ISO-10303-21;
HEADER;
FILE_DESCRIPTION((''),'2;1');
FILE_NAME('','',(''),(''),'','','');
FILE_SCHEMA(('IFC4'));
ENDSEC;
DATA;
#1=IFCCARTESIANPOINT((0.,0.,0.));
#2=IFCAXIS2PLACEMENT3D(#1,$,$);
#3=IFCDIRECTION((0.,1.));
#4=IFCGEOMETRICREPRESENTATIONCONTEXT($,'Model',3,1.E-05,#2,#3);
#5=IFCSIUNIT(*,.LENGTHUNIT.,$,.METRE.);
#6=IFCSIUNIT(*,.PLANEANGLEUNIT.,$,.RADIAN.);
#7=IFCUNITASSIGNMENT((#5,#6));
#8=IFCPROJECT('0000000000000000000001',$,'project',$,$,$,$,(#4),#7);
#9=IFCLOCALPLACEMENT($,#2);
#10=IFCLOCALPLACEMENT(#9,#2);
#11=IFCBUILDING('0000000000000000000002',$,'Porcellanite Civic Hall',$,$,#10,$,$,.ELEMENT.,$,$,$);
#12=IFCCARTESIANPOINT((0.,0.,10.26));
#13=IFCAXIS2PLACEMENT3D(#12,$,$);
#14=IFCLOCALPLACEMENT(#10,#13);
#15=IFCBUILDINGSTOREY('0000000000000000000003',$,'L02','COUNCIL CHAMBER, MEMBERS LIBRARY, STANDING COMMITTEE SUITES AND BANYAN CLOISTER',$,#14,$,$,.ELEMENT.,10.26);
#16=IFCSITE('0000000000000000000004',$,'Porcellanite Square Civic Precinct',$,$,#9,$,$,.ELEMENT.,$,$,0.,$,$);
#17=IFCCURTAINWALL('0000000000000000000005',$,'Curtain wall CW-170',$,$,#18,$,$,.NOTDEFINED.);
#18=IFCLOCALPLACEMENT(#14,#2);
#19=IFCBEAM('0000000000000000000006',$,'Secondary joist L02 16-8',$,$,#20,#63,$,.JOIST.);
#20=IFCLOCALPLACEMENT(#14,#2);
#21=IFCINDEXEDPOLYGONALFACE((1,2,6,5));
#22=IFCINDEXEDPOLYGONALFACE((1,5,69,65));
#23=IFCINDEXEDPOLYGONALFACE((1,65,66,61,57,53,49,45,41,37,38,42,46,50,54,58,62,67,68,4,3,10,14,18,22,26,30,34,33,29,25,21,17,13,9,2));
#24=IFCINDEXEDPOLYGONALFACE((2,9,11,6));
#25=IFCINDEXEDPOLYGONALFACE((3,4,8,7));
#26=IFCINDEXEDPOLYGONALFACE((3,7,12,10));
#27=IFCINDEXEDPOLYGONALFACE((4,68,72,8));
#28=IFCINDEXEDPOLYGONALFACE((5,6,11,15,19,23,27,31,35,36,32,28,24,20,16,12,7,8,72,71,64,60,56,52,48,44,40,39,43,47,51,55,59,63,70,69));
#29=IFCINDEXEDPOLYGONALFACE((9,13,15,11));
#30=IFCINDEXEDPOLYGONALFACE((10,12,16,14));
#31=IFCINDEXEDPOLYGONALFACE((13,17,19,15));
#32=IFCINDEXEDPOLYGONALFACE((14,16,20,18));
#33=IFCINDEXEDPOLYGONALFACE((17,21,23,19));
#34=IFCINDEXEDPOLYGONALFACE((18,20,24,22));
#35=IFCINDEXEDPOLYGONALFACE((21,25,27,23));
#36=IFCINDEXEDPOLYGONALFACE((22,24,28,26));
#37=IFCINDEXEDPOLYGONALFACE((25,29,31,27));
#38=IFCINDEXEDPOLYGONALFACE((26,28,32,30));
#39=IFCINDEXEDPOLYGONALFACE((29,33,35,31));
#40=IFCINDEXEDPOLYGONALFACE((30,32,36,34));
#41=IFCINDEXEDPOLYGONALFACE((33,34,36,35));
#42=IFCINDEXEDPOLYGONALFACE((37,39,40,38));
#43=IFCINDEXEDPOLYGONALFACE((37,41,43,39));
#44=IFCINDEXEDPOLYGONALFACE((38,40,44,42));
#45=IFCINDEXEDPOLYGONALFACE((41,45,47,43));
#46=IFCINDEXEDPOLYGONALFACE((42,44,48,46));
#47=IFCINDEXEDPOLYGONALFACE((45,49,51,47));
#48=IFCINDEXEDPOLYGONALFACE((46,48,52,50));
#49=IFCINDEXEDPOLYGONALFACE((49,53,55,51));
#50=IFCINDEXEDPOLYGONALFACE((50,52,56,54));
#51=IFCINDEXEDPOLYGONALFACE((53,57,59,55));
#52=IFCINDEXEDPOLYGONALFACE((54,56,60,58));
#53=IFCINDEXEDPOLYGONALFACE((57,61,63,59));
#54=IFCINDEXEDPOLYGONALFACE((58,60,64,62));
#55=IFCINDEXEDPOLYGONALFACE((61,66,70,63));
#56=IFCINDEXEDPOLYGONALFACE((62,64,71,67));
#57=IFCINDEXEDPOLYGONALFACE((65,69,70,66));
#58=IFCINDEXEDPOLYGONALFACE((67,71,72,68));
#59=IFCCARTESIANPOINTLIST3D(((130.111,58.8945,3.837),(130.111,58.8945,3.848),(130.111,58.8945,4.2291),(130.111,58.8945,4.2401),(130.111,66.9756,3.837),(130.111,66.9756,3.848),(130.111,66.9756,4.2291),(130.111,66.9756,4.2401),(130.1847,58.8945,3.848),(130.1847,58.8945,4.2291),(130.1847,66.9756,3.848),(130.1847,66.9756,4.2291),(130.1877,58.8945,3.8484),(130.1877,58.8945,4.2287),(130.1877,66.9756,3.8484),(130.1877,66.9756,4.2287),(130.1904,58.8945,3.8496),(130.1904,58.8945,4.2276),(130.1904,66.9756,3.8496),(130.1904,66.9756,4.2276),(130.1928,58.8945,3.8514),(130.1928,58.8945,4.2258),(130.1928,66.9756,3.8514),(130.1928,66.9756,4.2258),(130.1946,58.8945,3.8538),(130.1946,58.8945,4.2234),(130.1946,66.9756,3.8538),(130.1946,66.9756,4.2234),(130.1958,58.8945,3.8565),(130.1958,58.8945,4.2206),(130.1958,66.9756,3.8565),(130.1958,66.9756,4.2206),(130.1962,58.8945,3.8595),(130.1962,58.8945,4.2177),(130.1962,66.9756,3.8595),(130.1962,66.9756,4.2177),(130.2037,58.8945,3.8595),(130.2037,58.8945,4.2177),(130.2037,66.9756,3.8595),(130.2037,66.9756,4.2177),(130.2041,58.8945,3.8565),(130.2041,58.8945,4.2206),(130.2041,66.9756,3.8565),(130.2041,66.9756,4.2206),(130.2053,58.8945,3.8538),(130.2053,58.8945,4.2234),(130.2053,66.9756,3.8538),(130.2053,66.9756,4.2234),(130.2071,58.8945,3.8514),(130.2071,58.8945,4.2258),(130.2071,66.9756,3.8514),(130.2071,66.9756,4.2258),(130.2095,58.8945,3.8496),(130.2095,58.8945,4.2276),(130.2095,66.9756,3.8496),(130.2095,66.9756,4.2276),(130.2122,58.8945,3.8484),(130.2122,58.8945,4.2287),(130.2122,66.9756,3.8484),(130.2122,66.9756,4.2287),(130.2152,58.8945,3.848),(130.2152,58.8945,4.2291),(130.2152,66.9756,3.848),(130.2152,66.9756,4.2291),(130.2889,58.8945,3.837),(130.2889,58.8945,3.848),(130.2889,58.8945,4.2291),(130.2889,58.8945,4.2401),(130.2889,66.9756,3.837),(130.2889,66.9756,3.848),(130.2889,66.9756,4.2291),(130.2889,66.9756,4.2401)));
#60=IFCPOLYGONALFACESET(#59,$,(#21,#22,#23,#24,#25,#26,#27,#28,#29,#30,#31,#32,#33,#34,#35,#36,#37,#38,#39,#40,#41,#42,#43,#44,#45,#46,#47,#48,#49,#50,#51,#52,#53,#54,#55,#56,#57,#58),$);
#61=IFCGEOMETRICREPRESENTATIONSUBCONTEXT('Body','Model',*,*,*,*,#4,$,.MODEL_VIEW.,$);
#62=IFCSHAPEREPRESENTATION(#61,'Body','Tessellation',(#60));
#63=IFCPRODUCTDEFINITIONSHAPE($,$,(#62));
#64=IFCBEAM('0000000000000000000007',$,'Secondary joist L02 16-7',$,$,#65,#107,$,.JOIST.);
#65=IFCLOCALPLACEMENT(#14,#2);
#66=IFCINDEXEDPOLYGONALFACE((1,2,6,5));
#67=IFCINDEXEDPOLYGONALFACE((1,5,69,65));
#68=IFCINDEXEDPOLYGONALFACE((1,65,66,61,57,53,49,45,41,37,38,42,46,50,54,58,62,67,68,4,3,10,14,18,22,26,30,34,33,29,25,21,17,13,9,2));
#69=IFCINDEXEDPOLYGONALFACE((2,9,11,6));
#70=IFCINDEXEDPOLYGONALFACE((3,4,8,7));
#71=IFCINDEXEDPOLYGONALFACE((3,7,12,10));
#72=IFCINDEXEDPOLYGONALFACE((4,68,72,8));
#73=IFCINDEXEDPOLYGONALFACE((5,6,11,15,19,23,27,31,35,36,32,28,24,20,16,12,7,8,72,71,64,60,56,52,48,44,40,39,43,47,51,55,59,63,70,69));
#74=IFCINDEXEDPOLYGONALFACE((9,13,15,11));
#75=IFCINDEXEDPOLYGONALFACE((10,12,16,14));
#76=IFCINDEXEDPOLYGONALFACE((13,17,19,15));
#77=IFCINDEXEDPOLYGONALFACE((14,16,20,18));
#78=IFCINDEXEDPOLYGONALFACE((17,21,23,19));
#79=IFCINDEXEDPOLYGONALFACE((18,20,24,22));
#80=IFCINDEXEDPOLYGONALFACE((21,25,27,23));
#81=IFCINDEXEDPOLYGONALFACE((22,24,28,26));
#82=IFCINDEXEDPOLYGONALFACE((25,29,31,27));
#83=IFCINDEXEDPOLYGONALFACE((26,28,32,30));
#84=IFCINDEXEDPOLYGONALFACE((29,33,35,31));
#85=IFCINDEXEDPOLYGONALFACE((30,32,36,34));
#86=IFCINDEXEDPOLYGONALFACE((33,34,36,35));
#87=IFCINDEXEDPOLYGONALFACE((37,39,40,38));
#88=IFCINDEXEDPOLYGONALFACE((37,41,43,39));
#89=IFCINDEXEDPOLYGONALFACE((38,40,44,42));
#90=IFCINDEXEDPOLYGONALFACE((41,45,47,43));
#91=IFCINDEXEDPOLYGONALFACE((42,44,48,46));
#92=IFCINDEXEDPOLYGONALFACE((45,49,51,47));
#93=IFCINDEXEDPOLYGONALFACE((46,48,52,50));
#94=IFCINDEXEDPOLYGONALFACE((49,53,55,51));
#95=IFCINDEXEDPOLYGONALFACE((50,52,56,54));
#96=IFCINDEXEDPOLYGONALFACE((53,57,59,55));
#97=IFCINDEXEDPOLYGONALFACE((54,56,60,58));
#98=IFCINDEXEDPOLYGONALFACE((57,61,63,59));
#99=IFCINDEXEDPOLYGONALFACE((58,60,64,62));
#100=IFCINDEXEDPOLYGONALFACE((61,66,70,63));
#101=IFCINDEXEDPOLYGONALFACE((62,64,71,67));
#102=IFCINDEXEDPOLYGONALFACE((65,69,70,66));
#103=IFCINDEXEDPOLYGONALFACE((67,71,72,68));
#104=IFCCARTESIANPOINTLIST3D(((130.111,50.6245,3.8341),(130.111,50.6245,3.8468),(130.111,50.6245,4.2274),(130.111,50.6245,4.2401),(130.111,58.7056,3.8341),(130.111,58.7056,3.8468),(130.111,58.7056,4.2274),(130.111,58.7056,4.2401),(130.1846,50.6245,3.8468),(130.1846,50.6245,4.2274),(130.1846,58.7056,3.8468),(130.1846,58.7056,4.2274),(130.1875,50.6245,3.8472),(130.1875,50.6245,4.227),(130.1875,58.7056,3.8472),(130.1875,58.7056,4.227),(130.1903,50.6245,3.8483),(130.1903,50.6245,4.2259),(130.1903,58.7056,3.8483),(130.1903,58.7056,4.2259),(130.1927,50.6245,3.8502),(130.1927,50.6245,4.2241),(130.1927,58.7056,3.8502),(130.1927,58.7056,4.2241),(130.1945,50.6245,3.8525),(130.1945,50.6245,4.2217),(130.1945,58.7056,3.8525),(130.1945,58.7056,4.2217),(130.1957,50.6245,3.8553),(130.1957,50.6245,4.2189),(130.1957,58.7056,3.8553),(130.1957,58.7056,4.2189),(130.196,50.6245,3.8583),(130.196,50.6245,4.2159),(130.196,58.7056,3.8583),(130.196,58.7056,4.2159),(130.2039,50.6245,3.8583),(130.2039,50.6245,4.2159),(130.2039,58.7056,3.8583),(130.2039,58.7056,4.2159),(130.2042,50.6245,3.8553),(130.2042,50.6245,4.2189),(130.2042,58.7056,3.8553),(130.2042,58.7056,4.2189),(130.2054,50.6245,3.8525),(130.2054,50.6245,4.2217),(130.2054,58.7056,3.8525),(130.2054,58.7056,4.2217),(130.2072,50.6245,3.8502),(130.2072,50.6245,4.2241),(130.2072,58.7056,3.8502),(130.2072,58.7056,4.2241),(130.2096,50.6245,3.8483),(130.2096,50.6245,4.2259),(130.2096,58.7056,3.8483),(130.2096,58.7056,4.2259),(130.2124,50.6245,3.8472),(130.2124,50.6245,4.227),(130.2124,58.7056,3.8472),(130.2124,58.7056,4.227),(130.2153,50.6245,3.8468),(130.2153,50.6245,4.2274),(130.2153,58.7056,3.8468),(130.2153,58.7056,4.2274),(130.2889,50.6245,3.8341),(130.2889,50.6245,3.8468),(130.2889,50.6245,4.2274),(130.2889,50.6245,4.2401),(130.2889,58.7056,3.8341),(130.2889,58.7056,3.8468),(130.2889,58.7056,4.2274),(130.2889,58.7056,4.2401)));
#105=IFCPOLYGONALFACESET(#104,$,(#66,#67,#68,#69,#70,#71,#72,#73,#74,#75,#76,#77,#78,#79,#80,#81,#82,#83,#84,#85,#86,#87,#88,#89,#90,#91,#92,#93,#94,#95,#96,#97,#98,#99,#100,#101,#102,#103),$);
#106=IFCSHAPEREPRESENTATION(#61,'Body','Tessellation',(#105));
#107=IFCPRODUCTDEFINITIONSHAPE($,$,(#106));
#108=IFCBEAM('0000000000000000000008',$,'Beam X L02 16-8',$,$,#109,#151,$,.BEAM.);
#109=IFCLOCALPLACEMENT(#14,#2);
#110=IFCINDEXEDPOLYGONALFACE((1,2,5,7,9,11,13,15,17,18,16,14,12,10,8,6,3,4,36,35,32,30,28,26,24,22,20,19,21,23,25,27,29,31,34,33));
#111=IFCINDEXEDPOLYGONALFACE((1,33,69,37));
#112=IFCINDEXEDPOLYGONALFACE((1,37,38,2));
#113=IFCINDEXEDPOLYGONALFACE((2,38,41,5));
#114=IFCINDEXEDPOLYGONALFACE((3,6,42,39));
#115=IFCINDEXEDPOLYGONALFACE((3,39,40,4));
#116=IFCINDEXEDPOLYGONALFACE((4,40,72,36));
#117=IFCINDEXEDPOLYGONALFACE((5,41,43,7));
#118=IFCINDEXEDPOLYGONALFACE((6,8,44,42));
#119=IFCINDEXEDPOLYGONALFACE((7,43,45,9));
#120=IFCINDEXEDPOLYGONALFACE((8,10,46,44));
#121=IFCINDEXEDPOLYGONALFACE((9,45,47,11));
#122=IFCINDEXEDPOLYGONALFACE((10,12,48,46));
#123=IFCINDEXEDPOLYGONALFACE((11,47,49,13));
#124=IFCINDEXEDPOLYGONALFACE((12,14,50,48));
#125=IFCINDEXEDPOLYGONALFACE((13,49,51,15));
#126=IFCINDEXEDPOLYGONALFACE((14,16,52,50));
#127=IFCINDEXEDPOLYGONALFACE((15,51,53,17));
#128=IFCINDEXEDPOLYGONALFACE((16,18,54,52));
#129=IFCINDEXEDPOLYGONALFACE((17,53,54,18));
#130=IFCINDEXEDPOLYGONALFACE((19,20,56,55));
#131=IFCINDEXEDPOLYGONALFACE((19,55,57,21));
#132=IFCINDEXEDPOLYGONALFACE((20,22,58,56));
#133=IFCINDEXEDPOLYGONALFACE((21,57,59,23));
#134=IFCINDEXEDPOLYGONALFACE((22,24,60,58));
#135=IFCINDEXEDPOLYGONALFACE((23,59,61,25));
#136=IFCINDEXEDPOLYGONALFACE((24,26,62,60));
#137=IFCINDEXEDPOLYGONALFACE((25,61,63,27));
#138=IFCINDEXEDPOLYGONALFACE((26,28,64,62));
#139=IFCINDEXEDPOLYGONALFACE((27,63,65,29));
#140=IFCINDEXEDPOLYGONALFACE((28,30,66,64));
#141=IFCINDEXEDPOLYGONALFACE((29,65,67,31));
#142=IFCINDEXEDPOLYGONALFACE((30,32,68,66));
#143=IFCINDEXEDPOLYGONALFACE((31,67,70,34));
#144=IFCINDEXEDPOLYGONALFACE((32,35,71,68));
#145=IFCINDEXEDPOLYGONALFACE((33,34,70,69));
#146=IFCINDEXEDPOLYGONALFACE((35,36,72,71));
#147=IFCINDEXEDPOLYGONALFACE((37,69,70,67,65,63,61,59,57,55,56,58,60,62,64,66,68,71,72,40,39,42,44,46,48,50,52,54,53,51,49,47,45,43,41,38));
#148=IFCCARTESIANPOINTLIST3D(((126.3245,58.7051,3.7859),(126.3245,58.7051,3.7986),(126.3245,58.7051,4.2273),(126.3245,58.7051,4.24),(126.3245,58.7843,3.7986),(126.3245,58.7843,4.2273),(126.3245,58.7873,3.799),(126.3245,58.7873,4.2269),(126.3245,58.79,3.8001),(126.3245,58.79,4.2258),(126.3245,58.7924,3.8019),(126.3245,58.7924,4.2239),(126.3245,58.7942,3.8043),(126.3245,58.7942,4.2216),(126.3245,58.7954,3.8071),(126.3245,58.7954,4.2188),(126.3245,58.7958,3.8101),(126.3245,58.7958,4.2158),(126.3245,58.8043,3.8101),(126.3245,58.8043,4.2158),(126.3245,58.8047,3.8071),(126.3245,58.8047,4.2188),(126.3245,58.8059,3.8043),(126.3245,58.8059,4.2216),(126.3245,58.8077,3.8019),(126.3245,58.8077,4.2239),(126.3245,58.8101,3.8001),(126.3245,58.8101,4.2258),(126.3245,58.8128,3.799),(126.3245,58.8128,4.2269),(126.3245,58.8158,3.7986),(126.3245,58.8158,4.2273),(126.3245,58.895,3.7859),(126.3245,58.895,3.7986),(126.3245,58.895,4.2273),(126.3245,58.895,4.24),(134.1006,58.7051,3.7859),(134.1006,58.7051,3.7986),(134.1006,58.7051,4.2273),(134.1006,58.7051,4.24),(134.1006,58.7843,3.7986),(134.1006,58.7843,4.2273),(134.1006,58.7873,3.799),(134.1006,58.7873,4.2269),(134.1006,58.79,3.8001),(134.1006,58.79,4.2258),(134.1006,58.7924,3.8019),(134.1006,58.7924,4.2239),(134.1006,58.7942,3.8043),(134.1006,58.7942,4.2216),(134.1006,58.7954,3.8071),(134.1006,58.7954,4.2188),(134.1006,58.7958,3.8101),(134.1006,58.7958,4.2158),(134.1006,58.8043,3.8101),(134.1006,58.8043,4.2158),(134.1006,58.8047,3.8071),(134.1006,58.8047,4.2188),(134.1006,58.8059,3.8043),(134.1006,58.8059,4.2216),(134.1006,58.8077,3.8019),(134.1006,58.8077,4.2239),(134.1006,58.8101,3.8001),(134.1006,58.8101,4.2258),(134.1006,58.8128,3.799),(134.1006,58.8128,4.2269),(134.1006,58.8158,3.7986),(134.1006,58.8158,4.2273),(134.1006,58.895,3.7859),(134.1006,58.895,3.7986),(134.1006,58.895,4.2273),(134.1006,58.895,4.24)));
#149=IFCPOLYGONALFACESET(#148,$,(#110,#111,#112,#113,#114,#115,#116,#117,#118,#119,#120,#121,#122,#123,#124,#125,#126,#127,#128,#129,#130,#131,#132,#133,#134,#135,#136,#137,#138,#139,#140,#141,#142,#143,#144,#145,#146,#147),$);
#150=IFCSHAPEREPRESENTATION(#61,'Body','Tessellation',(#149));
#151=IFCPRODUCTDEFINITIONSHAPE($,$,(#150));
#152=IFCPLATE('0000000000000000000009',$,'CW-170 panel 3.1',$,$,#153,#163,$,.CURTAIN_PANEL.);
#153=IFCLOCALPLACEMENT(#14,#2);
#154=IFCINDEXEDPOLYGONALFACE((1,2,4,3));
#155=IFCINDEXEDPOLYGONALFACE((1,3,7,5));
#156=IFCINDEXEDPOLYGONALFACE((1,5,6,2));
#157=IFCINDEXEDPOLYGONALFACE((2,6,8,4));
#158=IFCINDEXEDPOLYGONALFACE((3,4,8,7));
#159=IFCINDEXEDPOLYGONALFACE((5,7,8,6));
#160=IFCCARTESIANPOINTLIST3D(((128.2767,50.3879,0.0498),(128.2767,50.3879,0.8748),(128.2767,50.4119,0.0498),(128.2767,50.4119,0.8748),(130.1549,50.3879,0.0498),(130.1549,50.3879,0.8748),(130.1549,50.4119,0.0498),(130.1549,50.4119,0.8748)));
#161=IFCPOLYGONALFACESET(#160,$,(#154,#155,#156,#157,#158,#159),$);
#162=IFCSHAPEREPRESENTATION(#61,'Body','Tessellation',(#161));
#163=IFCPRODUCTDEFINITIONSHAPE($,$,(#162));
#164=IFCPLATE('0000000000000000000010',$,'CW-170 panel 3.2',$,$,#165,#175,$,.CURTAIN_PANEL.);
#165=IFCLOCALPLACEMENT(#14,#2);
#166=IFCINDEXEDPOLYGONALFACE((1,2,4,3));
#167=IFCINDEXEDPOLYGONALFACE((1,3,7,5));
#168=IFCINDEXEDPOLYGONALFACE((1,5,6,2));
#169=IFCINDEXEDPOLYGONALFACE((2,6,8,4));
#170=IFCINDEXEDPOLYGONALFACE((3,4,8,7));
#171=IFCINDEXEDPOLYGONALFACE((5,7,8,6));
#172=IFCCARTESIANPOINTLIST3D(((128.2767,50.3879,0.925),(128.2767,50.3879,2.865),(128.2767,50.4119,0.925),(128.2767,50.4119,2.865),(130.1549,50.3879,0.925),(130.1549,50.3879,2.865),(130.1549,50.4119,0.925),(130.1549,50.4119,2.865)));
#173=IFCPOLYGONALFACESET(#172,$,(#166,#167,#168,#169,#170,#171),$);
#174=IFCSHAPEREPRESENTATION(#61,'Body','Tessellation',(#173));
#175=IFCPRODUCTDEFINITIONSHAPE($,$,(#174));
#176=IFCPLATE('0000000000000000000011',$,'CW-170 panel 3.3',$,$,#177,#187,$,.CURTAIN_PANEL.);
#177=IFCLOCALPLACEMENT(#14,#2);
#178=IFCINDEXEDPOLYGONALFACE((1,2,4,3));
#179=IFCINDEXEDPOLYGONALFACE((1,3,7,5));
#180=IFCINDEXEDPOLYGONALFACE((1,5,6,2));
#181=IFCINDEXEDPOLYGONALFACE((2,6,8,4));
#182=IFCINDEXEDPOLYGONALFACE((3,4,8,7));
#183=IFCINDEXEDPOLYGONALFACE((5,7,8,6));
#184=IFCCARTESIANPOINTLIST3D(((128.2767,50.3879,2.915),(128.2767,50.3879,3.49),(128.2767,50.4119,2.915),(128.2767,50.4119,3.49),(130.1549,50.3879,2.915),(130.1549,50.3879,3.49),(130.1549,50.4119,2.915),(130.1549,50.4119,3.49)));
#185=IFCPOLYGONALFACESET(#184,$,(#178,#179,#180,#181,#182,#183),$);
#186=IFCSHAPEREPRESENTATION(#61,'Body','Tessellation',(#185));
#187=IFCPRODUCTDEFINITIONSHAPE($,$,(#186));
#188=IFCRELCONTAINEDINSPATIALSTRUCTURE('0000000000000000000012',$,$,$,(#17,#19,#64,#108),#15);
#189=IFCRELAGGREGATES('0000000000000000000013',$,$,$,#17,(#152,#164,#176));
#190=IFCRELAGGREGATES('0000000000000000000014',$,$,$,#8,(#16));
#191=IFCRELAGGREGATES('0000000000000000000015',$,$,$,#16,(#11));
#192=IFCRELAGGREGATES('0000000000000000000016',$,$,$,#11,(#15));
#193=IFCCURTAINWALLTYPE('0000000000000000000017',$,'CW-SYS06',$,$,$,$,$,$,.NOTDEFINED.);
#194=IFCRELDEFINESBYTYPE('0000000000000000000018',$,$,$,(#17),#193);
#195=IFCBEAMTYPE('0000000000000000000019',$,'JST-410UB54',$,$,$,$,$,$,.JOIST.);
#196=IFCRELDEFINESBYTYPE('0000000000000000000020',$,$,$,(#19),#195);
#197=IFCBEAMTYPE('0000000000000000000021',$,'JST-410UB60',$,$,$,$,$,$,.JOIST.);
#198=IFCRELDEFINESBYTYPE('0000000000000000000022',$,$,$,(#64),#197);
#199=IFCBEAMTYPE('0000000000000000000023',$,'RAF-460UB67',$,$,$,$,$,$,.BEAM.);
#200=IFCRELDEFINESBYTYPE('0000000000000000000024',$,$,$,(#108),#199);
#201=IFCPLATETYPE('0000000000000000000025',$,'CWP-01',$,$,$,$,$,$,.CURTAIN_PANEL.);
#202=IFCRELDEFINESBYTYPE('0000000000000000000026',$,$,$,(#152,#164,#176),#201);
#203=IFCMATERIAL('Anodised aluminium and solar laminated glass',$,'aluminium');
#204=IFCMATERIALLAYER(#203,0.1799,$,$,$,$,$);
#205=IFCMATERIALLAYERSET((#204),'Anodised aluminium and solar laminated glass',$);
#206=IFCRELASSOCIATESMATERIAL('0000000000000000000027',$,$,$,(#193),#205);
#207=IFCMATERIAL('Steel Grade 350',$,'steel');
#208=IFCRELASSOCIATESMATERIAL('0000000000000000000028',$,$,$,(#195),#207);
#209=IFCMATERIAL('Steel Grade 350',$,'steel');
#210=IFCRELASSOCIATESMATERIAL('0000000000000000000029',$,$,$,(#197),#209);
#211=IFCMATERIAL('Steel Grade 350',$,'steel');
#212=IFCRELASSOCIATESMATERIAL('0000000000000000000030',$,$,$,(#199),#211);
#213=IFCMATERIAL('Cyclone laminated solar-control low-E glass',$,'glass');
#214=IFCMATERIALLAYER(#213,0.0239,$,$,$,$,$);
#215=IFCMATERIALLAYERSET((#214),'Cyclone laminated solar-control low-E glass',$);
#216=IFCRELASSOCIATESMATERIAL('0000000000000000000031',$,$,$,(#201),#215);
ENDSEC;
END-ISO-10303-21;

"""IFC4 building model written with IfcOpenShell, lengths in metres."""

from ifc_helpers import new_model, si_unit, direction, frame, origin, origin_2d, place, context, subcontext, project, spatial, rectangle, i_section, extrude, material, layer, layer_set, material_profile, profile_set, type_object, element, aggregate, save


model = new_model("IFC4")

# Units and contexts
model_context = context("Model", 3, precision=1e-05, world=origin(), true_north=direction((0.0, 1.0)))
body_context = subcontext(model_context, "Body", "Model", "MODEL_VIEW")
ifc_project = project(units=[si_unit("LENGTHUNIT", "METRE"), si_unit("PLANEANGLEUNIT", "RADIAN")], contexts=[model_context])

# Site, building, storey
site_placement = place(None, origin())
site = spatial("IfcSite", under=ifc_project, at=site_placement, Name="Porcellanite Square Civic Precinct", CompositionType="ELEMENT", RefElevation=0.0)
building_placement = place(site_placement, origin())
building = spatial("IfcBuilding", under=site, at=building_placement, Name="Porcellanite Civic Hall", CompositionType="ELEMENT")
storey_placement = place(building_placement, frame((0.0, 0.0, 10.26)))
storey = spatial("IfcBuildingStorey", under=building, at=storey_placement, Name="L02", Description="COUNCIL CHAMBER, MEMBERS LIBRARY, STANDING COMMITTEE SUITES AND BANYAN CLOISTER", CompositionType="ELEMENT", Elevation=10.26)

# Curtain wall
ifc_material_1 = material(Name="Anodised aluminium and solar laminated glass", Category="aluminium")
ifc_layer_1 = layer(ifc_material_1, 0.1799)
ifc_layer_set_1 = layer_set([ifc_layer_1], Name="Anodised aluminium and solar laminated glass")
curtain_wall_type = type_object("IfcCurtainWallType", Name="CW-SYS06", PredefinedType="NOTDEFINED", material=ifc_layer_set_1)
curtain_wall_placement = place(storey_placement, origin())
curtain_wall = element("IfcCurtainWall", 1, at=curtain_wall_placement, inside=storey, type_object=curtain_wall_type, Name="Curtain wall CW-170", PredefinedType="NOTDEFINED")

# Beams
ifc_material_2 = material(Name="Steel Grade 350", Category="steel")
ifc_material_profile_1 = material_profile(ifc_material_2, i_section(OverallWidth=0.178, OverallDepth=0.4031, WebThickness=0.0076, FlangeThickness=0.011, FilletRadius=0.0115, at=origin_2d()), Name="410UB53.7")
ifc_profile_set_1 = profile_set([ifc_material_profile_1], Name="Steel Grade 350")
beam_type_1 = type_object("IfcBeamType", Name="JST-410UB54", PredefinedType="JOIST", material=ifc_profile_set_1)
beam_1_placement = place(storey_placement, frame((130.2, 58.8945, 4.0386), z_axis=(0.0, 1.0, 0.0), x_axis=(-1.0, 0.0, 0.0)))
element("IfcBeam", 2, at=beam_1_placement, inside=storey, type_object=beam_type_1, Name="Secondary joist L02 16-8", PredefinedType="JOIST", context=body_context, shape_type="SweptSolid", body=[
    extrude(i_section(OverallWidth=0.178, OverallDepth=0.4031, WebThickness=0.0076, FlangeThickness=0.011, FilletRadius=0.0115, at=origin_2d()), origin(), (0.0, 0.0, 1.0), 8.0811),
])
ifc_material_3 = material(Name="Steel Grade 350", Category="steel")
ifc_material_profile_2 = material_profile(ifc_material_3, i_section(OverallWidth=0.178, OverallDepth=0.406, WebThickness=0.0078, FlangeThickness=0.0127, FilletRadius=0.0115, at=origin_2d()), Name="410UB59.7")
ifc_profile_set_2 = profile_set([ifc_material_profile_2], Name="Steel Grade 350")
beam_type_2 = type_object("IfcBeamType", Name="JST-410UB60", PredefinedType="JOIST", material=ifc_profile_set_2)
beam_2_placement = place(storey_placement, frame((130.2, 50.6245, 4.0371), z_axis=(0.0, 1.0, 0.0), x_axis=(-1.0, 0.0, 0.0)))
element("IfcBeam", 3, at=beam_2_placement, inside=storey, type_object=beam_type_2, Name="Secondary joist L02 16-7", PredefinedType="JOIST", context=body_context, shape_type="SweptSolid", body=[
    extrude(i_section(OverallWidth=0.178, OverallDepth=0.406, WebThickness=0.0078, FlangeThickness=0.0127, FilletRadius=0.0115, at=origin_2d()), origin(), (0.0, 0.0, 1.0), 8.0811),
])
ifc_material_4 = material(Name="Steel Grade 350", Category="steel")
ifc_material_profile_3 = material_profile(ifc_material_4, i_section(OverallWidth=0.1899, OverallDepth=0.4541, WebThickness=0.0085, FlangeThickness=0.0127, FilletRadius=0.0115, at=origin_2d()), Name="460UB67.1")
ifc_profile_set_3 = profile_set([ifc_material_profile_3], Name="Steel Grade 350")
beam_type_3 = type_object("IfcBeamType", Name="RAF-460UB67", PredefinedType="BEAM", material=ifc_profile_set_3)
beam_3_placement = place(storey_placement, frame((126.3245, 58.8, 4.0129), z_axis=(1.0, 0.0, 0.0), x_axis=(0.0, 1.0, 0.0)))
element("IfcBeam", 4, at=beam_3_placement, inside=storey, type_object=beam_type_3, Name="Beam X L02 16-8", PredefinedType="BEAM", context=body_context, shape_type="SweptSolid", body=[
    extrude(i_section(OverallWidth=0.1899, OverallDepth=0.4541, WebThickness=0.0085, FlangeThickness=0.0127, FilletRadius=0.0115, at=origin_2d()), origin(), (0.0, 0.0, 1.0), 7.7761),
])

# Plates
ifc_material_5 = material(Name="Cyclone laminated solar-control low-E glass", Category="glass")
ifc_layer_2 = layer(ifc_material_5, 0.0239)
ifc_layer_set_2 = layer_set([ifc_layer_2], Name="Cyclone laminated solar-control low-E glass")
plate_type = type_object("IfcPlateType", Name="CWP-01", PredefinedType="CURTAIN_PANEL", material=ifc_layer_set_2)
plate_1_placement = place(storey_placement, frame((129.2158, 50.3999, 0.0498), z_axis=(0.0, 0.0, 1.0), x_axis=(-1.0, 0.0, 0.0)))
plate_1 = element("IfcPlate", 5, at=plate_1_placement, type_object=plate_type, Name="CW-170 panel 3.1", PredefinedType="CURTAIN_PANEL", context=body_context, shape_type="SweptSolid", body=[
    extrude(rectangle(XDim=1.8782, YDim=0.0239, at=origin_2d()), origin(), (0.0, 0.0, 1.0), 0.825),
])
plate_2_placement = place(storey_placement, frame((129.2158, 50.3999, 0.925), z_axis=(0.0, 0.0, 1.0), x_axis=(-1.0, 0.0, 0.0)))
plate_2 = element("IfcPlate", 6, at=plate_2_placement, type_object=plate_type, Name="CW-170 panel 3.2", PredefinedType="CURTAIN_PANEL", context=body_context, shape_type="SweptSolid", body=[
    extrude(rectangle(XDim=1.8782, YDim=0.0239, at=origin_2d()), origin(), (0.0, 0.0, 1.0), 1.9399),
])
plate_3_placement = place(storey_placement, frame((129.2158, 50.3999, 2.915), z_axis=(0.0, 0.0, 1.0), x_axis=(-1.0, 0.0, 0.0)))
plate_3 = element("IfcPlate", 7, at=plate_3_placement, type_object=plate_type, Name="CW-170 panel 3.3", PredefinedType="CURTAIN_PANEL", context=body_context, shape_type="SweptSolid", body=[
    extrude(rectangle(XDim=1.8782, YDim=0.0239, at=origin_2d()), origin(), (0.0, 0.0, 1.0), 0.575),
])
aggregate(curtain_wall, [plate_1, plate_2, plate_3])

save(model, "model.ifc")
